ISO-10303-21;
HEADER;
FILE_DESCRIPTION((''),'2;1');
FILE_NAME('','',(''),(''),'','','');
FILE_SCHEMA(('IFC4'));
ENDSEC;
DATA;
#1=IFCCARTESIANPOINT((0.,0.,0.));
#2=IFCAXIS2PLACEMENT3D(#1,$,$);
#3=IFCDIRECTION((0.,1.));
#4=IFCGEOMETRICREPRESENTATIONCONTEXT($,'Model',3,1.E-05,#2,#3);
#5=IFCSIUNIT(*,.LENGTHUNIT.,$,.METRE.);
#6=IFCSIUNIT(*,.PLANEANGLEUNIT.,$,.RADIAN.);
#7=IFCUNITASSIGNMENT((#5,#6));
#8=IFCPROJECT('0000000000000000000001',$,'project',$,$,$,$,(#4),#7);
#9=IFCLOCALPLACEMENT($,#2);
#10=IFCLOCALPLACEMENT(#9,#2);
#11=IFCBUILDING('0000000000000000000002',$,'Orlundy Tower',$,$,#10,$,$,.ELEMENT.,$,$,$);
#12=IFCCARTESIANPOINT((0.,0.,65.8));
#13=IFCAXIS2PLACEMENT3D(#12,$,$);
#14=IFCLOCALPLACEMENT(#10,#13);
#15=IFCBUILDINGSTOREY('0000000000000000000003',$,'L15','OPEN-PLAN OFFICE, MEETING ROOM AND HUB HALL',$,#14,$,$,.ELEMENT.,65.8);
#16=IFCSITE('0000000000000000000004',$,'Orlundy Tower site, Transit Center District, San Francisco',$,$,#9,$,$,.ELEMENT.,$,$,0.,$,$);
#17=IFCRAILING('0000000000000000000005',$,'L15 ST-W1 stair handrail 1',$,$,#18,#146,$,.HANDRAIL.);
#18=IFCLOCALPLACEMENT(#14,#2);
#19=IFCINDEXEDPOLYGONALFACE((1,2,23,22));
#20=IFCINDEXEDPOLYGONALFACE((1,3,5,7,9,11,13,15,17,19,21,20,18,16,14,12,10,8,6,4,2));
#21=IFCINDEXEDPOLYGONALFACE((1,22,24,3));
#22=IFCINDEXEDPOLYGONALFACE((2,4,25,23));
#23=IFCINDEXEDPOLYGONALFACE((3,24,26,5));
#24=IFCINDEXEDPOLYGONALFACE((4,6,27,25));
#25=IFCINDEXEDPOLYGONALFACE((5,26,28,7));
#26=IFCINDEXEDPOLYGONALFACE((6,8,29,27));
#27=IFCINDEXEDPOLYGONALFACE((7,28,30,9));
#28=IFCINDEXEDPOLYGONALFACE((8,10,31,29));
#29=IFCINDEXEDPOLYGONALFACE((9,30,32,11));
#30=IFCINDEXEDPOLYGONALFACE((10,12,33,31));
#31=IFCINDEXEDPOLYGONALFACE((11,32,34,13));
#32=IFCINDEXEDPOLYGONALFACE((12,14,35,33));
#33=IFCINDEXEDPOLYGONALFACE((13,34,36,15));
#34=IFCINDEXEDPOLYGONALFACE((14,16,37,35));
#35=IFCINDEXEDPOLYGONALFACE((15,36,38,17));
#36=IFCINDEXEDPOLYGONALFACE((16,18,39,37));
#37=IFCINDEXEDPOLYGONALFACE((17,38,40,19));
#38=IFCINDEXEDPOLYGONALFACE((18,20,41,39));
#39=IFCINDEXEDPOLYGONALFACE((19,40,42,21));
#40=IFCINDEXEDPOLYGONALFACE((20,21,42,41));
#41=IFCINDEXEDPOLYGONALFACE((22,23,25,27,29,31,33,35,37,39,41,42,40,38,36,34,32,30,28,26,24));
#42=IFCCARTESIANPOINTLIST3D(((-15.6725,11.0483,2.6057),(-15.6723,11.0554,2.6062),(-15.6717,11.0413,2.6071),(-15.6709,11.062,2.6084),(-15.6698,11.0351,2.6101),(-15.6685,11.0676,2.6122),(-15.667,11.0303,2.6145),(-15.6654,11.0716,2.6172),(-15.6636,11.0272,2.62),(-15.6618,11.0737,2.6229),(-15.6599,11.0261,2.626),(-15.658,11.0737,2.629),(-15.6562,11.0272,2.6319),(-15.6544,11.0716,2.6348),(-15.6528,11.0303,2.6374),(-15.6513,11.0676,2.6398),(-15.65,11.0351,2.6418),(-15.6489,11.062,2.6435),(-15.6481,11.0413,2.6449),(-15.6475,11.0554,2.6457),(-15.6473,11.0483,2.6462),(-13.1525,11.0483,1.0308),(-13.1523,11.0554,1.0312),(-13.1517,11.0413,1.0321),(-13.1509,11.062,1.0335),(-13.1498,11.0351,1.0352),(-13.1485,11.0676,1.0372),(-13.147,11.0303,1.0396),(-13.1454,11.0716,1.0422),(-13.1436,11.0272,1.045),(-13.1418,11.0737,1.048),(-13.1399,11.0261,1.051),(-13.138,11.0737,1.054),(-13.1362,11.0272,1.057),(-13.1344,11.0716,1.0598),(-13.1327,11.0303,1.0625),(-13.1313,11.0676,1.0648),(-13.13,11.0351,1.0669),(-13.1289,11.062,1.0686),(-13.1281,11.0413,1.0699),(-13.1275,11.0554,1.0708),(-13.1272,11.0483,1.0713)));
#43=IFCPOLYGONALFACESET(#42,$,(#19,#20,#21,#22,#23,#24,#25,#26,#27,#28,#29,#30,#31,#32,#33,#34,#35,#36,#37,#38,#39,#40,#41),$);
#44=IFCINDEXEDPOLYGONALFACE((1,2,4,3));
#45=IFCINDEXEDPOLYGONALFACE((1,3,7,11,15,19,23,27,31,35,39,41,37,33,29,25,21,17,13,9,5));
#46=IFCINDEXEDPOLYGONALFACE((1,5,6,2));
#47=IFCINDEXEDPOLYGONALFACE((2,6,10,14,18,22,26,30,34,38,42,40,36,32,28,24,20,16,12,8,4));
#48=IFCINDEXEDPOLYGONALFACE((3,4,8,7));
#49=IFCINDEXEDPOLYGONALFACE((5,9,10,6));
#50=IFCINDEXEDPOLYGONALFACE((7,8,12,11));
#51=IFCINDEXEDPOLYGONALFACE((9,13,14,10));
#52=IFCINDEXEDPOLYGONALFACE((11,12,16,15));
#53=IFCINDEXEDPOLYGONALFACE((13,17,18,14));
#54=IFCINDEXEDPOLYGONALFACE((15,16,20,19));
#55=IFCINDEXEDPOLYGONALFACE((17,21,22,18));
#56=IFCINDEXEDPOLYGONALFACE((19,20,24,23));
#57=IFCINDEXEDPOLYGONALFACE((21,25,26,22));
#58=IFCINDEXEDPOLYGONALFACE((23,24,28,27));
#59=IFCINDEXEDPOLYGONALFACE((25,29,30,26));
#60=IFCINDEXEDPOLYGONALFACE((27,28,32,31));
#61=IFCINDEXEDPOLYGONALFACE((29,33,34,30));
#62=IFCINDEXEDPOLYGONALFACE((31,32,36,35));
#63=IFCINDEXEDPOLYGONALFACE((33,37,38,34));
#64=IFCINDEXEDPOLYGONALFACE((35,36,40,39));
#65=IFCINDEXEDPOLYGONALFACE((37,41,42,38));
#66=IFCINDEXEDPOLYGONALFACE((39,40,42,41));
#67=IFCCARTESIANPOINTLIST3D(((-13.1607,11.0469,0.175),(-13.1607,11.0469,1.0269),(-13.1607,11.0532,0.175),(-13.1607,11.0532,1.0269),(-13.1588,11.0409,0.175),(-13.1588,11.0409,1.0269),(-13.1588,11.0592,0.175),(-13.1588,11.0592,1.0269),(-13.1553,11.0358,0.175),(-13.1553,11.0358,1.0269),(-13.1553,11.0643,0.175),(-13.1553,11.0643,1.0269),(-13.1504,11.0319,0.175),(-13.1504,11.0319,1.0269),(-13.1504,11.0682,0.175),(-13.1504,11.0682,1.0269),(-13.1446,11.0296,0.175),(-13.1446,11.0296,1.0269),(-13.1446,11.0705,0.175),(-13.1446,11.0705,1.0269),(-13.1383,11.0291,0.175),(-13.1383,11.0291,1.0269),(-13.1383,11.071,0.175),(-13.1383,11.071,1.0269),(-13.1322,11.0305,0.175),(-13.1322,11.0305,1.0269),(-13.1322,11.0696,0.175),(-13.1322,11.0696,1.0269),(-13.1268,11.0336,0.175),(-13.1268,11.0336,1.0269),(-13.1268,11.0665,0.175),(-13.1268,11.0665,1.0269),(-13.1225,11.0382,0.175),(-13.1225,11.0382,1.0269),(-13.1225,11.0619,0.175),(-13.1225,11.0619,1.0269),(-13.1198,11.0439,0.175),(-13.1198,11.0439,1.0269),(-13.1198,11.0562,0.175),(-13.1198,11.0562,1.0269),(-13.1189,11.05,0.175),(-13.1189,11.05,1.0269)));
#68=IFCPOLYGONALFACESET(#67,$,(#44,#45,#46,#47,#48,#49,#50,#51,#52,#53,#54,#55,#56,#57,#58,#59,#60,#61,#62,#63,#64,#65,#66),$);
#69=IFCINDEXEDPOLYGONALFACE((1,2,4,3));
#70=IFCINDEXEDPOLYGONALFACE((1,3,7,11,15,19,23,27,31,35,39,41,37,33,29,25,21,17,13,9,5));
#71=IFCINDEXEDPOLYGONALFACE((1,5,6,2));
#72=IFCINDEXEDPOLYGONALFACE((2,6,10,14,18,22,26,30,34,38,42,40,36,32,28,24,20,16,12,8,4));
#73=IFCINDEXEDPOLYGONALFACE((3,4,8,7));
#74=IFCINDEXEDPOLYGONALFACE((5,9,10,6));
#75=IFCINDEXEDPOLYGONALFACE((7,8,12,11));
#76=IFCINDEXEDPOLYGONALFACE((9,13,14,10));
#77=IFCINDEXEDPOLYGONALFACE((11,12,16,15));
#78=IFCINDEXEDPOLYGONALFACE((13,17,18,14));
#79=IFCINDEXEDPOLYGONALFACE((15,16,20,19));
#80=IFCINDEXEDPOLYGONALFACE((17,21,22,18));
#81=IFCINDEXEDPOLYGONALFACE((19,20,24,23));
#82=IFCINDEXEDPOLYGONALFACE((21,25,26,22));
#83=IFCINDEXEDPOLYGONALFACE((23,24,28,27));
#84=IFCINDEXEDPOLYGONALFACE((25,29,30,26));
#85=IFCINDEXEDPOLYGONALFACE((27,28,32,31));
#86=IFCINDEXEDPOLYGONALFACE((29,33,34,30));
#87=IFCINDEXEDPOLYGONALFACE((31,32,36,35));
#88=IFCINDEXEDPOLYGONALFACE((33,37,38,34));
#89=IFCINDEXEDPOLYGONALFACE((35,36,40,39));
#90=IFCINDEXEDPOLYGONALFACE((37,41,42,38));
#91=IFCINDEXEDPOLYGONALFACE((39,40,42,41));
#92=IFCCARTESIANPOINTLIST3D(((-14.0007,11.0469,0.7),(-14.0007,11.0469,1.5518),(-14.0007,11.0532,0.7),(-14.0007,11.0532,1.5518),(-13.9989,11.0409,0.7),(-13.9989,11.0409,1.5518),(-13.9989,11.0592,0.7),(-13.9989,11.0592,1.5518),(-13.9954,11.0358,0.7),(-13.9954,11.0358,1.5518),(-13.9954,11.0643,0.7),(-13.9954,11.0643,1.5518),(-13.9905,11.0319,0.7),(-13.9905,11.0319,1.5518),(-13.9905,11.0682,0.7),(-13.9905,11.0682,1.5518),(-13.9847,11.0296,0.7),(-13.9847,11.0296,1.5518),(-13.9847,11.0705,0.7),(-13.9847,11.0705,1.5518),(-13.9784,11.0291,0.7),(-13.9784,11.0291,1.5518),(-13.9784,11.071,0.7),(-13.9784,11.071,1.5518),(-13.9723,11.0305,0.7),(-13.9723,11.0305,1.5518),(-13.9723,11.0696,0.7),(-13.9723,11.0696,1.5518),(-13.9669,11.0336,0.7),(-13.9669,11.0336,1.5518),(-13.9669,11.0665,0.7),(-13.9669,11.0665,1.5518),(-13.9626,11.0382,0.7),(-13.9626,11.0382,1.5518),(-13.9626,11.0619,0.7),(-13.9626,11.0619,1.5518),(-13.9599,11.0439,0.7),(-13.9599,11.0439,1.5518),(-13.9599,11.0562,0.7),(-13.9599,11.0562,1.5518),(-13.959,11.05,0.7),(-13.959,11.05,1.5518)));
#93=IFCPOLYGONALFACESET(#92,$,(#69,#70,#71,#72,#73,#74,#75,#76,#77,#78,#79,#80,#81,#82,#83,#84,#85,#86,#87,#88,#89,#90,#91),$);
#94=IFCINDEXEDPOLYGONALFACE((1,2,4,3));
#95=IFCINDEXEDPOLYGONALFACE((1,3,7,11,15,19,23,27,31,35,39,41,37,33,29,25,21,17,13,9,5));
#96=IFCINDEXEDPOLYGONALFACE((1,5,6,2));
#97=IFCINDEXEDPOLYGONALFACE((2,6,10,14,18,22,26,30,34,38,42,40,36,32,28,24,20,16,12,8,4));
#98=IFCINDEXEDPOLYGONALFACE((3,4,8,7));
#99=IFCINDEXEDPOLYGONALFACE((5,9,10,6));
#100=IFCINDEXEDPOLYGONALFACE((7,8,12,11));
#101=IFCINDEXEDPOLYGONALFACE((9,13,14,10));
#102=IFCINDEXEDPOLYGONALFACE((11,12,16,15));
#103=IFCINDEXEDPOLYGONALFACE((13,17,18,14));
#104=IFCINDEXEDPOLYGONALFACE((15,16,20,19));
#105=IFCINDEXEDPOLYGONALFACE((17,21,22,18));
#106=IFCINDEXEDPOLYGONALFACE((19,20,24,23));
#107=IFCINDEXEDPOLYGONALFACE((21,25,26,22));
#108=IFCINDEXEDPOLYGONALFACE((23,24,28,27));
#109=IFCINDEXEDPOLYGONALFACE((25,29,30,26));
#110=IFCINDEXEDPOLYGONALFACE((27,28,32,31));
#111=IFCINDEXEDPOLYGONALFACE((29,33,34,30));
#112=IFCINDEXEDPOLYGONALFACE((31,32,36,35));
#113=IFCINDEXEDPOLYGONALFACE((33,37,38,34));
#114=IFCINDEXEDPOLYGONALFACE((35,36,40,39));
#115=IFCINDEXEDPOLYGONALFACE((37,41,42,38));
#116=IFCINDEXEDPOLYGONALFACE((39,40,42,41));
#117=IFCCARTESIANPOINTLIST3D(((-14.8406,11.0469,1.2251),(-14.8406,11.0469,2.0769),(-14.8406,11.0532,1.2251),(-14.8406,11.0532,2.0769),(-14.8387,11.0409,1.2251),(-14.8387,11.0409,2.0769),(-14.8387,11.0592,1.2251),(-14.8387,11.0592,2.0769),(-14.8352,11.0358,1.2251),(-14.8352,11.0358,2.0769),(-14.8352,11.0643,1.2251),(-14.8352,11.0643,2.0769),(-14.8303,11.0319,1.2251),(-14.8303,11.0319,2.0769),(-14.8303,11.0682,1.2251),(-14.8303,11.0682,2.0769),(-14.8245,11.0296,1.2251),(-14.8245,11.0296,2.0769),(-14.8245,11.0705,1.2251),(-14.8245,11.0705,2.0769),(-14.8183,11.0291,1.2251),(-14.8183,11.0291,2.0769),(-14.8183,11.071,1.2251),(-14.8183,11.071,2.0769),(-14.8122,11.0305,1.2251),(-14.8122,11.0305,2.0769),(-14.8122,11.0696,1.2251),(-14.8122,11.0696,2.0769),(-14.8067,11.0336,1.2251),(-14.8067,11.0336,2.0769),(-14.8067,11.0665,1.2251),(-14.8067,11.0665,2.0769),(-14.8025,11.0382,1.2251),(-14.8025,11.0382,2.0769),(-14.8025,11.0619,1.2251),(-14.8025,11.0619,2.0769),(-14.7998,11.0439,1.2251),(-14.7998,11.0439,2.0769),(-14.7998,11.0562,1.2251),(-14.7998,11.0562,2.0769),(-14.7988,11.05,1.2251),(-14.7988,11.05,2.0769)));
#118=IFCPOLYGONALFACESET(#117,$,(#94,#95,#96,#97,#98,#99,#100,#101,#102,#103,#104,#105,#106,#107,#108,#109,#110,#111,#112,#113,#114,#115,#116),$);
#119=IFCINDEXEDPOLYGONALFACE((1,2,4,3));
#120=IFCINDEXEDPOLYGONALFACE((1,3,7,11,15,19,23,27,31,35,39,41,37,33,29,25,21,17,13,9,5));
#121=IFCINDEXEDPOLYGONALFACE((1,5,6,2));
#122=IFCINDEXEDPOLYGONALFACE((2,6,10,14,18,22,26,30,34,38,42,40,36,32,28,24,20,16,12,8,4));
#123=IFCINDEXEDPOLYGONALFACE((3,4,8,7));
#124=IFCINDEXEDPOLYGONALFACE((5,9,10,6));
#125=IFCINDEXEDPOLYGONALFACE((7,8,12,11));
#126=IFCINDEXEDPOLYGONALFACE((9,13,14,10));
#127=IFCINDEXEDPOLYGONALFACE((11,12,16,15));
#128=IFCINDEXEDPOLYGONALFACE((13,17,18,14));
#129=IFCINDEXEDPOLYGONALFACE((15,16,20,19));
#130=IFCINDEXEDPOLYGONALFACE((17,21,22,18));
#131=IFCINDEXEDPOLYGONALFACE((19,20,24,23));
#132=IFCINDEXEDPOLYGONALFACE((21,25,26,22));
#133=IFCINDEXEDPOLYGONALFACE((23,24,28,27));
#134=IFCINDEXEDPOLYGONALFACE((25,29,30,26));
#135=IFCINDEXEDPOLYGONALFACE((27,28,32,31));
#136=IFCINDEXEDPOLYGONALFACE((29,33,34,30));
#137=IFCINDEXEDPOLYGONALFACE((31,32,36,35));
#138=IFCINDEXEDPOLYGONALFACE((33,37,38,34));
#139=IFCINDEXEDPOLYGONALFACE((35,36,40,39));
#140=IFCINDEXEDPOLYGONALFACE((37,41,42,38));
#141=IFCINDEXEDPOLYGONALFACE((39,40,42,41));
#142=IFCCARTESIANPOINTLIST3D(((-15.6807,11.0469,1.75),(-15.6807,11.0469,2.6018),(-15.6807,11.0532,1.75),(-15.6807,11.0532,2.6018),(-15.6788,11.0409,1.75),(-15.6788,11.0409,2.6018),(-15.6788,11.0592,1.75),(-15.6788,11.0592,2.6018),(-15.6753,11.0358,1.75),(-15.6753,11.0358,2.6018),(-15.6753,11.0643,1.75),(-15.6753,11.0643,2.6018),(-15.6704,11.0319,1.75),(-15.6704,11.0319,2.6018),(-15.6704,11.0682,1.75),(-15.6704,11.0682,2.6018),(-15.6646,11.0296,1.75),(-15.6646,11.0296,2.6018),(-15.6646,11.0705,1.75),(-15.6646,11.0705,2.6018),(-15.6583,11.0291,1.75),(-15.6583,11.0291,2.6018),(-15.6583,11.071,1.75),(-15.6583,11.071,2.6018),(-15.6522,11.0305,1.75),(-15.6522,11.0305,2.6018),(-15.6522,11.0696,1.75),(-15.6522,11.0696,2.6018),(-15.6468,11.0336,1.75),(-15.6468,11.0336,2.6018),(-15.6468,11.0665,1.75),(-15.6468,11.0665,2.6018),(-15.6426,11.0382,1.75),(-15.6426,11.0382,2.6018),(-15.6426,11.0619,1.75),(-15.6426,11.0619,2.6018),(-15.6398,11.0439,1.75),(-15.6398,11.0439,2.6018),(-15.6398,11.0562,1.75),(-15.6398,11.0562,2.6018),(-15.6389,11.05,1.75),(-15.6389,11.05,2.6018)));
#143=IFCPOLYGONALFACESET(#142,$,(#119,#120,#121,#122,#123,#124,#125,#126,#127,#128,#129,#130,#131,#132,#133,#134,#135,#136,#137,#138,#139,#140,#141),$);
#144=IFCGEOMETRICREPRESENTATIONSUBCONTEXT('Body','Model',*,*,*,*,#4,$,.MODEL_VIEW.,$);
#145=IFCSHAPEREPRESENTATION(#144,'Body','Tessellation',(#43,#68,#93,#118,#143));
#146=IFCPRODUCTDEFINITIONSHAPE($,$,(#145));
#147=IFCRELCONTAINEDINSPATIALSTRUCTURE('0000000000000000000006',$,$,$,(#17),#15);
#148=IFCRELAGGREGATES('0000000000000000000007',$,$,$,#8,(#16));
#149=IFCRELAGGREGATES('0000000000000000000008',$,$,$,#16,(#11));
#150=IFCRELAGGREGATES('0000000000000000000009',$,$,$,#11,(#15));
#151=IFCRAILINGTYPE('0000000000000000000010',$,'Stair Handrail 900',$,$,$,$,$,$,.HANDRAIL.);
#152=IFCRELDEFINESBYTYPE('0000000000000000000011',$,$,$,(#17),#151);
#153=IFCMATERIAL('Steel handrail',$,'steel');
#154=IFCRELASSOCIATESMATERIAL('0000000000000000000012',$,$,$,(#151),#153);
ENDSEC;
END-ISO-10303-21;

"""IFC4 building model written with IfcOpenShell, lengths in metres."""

from ifc_helpers import new_model, si_unit, direction, frame, origin, origin_2d, place, context, subcontext, project, spatial, circle, extrude, material, type_object, element, save


model = new_model("IFC4")

# Units and contexts
model_context = context("Model", 3, precision=1e-05, world=origin(), true_north=direction((0.0, 1.0)))
body_context = subcontext(model_context, "Body", "Model", "MODEL_VIEW")
ifc_project = project(units=[si_unit("LENGTHUNIT", "METRE"), si_unit("PLANEANGLEUNIT", "RADIAN")], contexts=[model_context])

# Site, building, storey
site_placement = place(None, origin())
site = spatial("IfcSite", under=ifc_project, at=site_placement, Name="Orlundy Tower site, Transit Center District, San Francisco", CompositionType="ELEMENT", RefElevation=0.0)
building_placement = place(site_placement, origin())
building = spatial("IfcBuilding", under=site, at=building_placement, Name="Orlundy Tower", CompositionType="ELEMENT")
storey_placement = place(building_placement, frame((0.0, 0.0, 65.8)))
storey = spatial("IfcBuildingStorey", under=building, at=storey_placement, Name="L15", Description="OPEN-PLAN OFFICE, MEETING ROOM AND HUB HALL", CompositionType="ELEMENT", Elevation=65.8)

# Railing
ifc_material_1 = material(Name="Steel handrail", Category="steel")
railing_type_1 = type_object("IfcRailingType", Name="Stair Handrail 900", PredefinedType="HANDRAIL", material=ifc_material_1)
railing_1_placement = place(storey_placement, frame((-13.1399, 11.05, 0.175)))
element("IfcRailing", 1, at=railing_1_placement, inside=storey, type_object=railing_type_1, Name="L15 ST-W1 stair handrail 1", PredefinedType="HANDRAIL", context=body_context, shape_type="SweptSolid", body=[
    extrude(circle(Radius=0.0239, at=origin_2d()), frame((0.0, 0.0, 0.876), z_axis=(-0.848008, 0.0, 0.529984), x_axis=(0.0, -1.0, 0.0)), (0.0, 0.0, 1.0), 2.9717),
    extrude(circle(Radius=0.021, at=origin_2d()), origin(), (0.0, 0.0, 1.0), 0.8518),
    extrude(circle(Radius=0.021, at=origin_2d()), frame((-0.8401, 0.0, 0.5249)), (0.0, 0.0, 1.0), 0.8518),
    extrude(circle(Radius=0.021, at=origin_2d()), frame((-1.6799, 0.0, 1.05)), (0.0, 0.0, 1.0), 0.8518),
    extrude(circle(Radius=0.021, at=origin_2d()), frame((-2.52, 0.0, 1.575)), (0.0, 0.0, 1.0), 0.8518),
])

save(model, "model.ifc")
